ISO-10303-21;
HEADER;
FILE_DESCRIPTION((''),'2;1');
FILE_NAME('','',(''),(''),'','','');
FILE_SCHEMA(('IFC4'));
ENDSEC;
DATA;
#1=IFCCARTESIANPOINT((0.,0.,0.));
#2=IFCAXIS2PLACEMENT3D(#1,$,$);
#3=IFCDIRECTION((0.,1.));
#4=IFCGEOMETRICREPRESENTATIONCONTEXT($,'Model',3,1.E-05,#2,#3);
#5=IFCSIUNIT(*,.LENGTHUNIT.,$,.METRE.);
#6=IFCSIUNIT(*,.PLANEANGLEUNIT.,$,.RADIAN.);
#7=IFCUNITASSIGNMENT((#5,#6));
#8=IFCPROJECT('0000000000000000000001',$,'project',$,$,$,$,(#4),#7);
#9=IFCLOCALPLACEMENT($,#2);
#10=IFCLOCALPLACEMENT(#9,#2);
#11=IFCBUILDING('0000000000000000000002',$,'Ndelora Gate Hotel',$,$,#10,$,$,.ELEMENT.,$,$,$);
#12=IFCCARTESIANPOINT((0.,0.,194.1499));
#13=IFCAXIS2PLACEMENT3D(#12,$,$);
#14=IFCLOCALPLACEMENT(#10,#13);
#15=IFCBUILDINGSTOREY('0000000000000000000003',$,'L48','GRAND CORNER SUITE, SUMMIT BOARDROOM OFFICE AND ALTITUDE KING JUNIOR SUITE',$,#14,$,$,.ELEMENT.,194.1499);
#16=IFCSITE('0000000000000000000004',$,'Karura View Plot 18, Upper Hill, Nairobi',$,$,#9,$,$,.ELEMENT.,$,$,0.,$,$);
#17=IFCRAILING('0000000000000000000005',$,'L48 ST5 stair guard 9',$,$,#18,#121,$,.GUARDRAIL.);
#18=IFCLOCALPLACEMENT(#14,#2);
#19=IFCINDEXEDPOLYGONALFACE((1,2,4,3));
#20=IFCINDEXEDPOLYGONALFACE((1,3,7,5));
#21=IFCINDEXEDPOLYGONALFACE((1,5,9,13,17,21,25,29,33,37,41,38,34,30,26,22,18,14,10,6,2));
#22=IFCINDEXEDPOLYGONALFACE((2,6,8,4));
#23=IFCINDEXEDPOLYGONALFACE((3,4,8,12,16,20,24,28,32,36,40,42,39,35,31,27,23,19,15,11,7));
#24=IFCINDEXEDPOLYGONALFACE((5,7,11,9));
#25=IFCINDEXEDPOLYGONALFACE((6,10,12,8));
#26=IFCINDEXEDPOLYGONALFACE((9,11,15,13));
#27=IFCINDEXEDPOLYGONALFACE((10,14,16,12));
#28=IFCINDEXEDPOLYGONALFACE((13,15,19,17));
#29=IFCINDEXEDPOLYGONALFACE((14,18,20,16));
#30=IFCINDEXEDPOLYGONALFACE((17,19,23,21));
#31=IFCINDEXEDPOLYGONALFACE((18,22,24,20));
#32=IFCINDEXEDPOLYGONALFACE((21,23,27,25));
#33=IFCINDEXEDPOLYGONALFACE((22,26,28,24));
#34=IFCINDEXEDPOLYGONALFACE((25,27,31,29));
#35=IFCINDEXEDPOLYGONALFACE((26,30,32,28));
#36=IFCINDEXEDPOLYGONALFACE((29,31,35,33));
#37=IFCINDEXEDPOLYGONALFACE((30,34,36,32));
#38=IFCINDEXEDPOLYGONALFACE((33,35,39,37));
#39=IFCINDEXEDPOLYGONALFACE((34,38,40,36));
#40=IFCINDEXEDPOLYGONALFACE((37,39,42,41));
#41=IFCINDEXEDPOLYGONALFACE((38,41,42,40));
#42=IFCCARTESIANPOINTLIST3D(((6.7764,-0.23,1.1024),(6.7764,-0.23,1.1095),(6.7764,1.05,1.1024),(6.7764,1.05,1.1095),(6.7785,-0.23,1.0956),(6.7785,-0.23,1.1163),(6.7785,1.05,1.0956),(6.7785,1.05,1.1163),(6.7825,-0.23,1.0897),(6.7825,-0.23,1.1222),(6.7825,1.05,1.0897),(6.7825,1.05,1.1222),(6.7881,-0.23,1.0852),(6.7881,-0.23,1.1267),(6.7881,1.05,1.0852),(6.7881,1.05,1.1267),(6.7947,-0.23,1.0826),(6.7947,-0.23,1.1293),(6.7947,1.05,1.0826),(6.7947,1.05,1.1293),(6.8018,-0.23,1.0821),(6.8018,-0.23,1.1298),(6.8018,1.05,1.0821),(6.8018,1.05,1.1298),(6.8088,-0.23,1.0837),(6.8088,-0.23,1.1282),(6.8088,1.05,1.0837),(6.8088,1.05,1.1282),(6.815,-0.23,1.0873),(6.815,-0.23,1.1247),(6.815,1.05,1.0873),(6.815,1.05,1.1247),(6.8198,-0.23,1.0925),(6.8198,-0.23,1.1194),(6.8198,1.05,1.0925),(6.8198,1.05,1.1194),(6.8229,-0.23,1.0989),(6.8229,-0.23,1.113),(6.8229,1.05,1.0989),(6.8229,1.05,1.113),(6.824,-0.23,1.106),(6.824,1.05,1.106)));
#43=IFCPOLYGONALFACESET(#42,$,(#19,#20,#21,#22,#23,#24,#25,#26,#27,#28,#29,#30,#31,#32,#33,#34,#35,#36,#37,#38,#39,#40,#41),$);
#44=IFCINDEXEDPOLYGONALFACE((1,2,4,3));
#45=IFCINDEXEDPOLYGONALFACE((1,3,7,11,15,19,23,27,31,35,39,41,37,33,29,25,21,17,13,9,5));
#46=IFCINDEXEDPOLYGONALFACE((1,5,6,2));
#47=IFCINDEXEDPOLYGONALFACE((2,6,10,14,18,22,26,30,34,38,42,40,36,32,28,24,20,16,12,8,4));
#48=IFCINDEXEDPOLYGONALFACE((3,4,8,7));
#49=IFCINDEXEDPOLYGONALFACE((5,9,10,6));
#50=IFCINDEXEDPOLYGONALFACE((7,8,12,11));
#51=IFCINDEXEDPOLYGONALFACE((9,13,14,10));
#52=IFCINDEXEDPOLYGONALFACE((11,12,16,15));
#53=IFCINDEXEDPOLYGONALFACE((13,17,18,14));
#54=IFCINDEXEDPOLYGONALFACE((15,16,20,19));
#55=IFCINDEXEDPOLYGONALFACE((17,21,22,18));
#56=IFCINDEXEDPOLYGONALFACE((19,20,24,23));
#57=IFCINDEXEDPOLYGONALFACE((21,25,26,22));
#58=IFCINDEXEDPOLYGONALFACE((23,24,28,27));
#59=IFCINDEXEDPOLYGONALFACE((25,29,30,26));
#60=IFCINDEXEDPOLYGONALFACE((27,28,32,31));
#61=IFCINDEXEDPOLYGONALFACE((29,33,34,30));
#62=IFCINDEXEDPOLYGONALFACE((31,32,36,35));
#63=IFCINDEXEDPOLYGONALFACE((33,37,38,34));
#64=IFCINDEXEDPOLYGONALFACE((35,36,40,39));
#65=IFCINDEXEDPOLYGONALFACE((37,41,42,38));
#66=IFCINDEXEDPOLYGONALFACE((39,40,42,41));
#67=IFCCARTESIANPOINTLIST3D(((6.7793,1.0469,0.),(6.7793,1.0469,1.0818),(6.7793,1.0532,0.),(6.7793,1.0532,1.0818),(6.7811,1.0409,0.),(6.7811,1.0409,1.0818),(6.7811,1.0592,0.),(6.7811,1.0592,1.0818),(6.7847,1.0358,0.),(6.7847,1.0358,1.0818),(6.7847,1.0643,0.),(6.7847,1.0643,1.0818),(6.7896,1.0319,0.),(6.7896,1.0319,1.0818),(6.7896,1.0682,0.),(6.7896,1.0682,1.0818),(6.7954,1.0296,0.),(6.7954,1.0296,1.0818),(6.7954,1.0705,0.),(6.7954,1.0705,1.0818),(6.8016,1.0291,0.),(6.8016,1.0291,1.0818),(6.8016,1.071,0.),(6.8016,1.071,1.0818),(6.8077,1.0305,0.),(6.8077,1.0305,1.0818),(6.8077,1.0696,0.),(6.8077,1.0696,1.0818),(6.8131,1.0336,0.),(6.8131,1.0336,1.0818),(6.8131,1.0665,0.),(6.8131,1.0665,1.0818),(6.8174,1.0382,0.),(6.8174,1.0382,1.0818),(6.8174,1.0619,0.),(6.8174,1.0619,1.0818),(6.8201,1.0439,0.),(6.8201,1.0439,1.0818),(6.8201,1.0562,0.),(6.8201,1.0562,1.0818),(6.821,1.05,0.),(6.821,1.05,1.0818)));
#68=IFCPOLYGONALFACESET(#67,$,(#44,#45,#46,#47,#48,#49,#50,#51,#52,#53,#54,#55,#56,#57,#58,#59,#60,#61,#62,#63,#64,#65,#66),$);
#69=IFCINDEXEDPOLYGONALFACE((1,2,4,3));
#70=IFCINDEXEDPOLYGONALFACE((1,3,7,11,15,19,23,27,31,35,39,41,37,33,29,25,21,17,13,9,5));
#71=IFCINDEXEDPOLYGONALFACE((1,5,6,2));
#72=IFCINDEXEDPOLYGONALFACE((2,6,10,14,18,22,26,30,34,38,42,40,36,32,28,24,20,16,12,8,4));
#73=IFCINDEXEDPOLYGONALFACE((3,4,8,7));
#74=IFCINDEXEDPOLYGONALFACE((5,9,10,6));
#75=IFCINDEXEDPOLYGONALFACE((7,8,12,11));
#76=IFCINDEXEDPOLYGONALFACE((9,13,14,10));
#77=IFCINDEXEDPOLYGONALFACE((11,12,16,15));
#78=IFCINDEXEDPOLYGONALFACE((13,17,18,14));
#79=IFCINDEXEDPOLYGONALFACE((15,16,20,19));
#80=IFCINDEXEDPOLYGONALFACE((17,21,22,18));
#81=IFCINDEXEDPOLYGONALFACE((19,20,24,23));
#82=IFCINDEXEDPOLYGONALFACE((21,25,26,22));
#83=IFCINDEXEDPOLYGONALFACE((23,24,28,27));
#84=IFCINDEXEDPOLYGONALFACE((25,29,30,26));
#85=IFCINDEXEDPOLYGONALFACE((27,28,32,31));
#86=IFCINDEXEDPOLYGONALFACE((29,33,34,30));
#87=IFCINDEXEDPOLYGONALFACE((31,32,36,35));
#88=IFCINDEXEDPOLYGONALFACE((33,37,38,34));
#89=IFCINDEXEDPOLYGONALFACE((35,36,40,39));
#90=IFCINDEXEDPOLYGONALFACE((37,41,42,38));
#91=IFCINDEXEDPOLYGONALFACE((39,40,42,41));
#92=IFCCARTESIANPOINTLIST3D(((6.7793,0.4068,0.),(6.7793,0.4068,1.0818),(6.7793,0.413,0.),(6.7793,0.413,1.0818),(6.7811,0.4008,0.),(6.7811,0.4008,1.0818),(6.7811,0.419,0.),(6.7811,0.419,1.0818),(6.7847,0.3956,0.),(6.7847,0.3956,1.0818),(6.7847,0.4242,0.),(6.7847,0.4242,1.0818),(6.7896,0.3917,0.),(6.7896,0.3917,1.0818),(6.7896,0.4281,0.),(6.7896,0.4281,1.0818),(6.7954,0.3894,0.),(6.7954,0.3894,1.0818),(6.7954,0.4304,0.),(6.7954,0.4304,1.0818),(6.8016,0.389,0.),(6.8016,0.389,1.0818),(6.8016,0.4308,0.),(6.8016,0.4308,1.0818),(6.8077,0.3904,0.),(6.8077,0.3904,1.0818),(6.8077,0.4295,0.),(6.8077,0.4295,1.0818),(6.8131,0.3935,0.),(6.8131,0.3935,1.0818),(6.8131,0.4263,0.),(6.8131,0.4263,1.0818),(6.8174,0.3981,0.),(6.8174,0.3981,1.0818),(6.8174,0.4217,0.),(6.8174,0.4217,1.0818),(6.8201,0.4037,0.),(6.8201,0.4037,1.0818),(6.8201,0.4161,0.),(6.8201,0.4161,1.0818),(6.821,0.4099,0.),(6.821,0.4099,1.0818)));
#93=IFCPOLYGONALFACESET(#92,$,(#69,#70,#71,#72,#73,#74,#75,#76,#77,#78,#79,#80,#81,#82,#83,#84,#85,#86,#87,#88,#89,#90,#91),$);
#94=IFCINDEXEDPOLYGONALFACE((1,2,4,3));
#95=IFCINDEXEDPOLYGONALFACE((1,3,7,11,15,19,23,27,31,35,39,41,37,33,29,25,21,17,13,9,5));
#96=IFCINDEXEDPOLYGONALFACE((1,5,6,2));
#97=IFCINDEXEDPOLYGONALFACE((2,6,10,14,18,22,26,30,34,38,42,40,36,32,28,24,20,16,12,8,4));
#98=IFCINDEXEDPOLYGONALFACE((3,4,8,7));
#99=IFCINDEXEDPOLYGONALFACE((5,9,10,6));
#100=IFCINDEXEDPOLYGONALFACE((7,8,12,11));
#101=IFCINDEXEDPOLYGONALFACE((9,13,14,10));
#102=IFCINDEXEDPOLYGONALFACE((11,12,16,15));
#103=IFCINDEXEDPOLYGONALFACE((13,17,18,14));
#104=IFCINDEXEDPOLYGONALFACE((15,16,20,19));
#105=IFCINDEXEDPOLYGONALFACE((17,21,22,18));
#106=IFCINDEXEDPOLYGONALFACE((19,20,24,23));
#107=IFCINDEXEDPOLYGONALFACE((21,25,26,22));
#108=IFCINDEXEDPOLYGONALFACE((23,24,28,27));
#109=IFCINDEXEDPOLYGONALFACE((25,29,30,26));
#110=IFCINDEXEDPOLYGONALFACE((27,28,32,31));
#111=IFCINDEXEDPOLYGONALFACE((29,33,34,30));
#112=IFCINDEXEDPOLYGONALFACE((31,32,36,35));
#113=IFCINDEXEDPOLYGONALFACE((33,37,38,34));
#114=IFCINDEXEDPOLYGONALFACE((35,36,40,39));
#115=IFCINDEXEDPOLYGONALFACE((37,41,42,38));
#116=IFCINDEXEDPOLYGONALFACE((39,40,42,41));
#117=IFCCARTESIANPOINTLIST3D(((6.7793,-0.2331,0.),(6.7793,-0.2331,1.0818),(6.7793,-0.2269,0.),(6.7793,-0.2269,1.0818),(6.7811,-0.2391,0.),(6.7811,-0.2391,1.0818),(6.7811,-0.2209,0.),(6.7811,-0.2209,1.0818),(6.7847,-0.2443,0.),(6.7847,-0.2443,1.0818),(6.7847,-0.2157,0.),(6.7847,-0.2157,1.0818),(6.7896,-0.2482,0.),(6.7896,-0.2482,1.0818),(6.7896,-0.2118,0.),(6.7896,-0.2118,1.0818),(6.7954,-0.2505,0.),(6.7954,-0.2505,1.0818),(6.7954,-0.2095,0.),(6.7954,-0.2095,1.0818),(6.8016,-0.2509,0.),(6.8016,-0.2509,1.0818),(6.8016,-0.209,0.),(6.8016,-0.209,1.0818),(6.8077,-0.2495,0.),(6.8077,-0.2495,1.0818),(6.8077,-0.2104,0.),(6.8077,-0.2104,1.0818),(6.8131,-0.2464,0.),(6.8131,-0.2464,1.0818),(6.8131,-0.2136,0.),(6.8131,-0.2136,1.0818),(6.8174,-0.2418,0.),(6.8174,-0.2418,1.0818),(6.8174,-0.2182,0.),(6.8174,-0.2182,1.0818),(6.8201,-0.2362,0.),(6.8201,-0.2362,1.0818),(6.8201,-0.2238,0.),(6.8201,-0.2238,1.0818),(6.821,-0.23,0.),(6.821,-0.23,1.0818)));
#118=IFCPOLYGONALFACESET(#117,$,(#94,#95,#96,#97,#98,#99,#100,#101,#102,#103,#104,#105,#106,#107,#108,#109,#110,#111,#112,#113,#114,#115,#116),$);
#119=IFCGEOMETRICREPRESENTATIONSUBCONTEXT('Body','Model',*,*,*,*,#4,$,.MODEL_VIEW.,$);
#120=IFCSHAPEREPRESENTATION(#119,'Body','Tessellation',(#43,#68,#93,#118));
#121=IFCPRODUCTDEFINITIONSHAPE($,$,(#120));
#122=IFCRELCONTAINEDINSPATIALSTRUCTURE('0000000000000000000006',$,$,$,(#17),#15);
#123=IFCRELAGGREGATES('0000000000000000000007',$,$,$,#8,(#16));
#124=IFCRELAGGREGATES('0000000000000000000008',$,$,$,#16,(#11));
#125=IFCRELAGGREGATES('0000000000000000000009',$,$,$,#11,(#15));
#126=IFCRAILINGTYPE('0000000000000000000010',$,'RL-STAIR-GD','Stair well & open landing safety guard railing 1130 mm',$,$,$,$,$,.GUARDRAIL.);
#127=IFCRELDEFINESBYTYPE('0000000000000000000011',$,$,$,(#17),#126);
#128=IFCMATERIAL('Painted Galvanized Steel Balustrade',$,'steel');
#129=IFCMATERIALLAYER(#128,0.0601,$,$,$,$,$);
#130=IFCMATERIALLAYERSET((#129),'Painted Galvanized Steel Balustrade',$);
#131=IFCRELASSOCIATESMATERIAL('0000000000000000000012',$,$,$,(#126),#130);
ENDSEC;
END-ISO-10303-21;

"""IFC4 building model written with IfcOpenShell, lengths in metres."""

from ifc_helpers import new_model, si_unit, direction, frame, origin, origin_2d, place, context, subcontext, project, spatial, circle, extrude, material, layer, layer_set, type_object, element, save


model = new_model("IFC4")

# Units and contexts
model_context = context("Model", 3, precision=1e-05, world=origin(), true_north=direction((0.0, 1.0)))
body_context = subcontext(model_context, "Body", "Model", "MODEL_VIEW")
ifc_project = project(units=[si_unit("LENGTHUNIT", "METRE"), si_unit("PLANEANGLEUNIT", "RADIAN")], contexts=[model_context])

# Site, building, storey
site_placement = place(None, origin())
site = spatial("IfcSite", under=ifc_project, at=site_placement, Name="Karura View Plot 18, Upper Hill, Nairobi", CompositionType="ELEMENT", RefElevation=0.0)
building_placement = place(site_placement, origin())
building = spatial("IfcBuilding", under=site, at=building_placement, Name="Ndelora Gate Hotel", CompositionType="ELEMENT")
storey_placement = place(building_placement, frame((0.0, 0.0, 194.1499)))
storey = spatial("IfcBuildingStorey", under=building, at=storey_placement, Name="L48", Description="GRAND CORNER SUITE, SUMMIT BOARDROOM OFFICE AND ALTITUDE KING JUNIOR SUITE", CompositionType="ELEMENT", Elevation=194.1499)

# Railing
ifc_material_1 = material(Name="Painted Galvanized Steel Balustrade", Category="steel")
ifc_layer_1 = layer(ifc_material_1, 0.0601)
ifc_layer_set_1 = layer_set([ifc_layer_1], Name="Painted Galvanized Steel Balustrade")
railing_type = type_object("IfcRailingType", Name="RL-STAIR-GD", Description="Stair well & open landing safety guard railing 1130 mm", PredefinedType="GUARDRAIL", material=ifc_layer_set_1)
for number, where, name in (
    (1, (6.8, 1.05, 0.0), "L48 ST5 stair guard 9"),
):
    element("IfcRailing", number, at=place(storey_placement, frame(where)), inside=storey, type_object=railing_type, Name=name, PredefinedType="GUARDRAIL", context=body_context, shape_type="SweptSolid", body=[
        extrude(circle(Radius=0.0239, at=origin_2d()), frame((0.0, 0.0, 1.106), z_axis=(0.0, -1.0, 0.0), x_axis=(1.0, 0.0, 0.0)), (0.0, 0.0, 1.0), 1.28),
        extrude(circle(Radius=0.021, at=origin_2d()), origin(), (0.0, 0.0, 1.0), 1.0818),
        extrude(circle(Radius=0.021, at=origin_2d()), frame((0.0, -0.6401, 0.0)), (0.0, 0.0, 1.0), 1.0818),
        extrude(circle(Radius=0.021, at=origin_2d()), frame((0.0, -1.28, 0.0)), (0.0, 0.0, 1.0), 1.0818),
    ])

save(model, "model.ifc")
